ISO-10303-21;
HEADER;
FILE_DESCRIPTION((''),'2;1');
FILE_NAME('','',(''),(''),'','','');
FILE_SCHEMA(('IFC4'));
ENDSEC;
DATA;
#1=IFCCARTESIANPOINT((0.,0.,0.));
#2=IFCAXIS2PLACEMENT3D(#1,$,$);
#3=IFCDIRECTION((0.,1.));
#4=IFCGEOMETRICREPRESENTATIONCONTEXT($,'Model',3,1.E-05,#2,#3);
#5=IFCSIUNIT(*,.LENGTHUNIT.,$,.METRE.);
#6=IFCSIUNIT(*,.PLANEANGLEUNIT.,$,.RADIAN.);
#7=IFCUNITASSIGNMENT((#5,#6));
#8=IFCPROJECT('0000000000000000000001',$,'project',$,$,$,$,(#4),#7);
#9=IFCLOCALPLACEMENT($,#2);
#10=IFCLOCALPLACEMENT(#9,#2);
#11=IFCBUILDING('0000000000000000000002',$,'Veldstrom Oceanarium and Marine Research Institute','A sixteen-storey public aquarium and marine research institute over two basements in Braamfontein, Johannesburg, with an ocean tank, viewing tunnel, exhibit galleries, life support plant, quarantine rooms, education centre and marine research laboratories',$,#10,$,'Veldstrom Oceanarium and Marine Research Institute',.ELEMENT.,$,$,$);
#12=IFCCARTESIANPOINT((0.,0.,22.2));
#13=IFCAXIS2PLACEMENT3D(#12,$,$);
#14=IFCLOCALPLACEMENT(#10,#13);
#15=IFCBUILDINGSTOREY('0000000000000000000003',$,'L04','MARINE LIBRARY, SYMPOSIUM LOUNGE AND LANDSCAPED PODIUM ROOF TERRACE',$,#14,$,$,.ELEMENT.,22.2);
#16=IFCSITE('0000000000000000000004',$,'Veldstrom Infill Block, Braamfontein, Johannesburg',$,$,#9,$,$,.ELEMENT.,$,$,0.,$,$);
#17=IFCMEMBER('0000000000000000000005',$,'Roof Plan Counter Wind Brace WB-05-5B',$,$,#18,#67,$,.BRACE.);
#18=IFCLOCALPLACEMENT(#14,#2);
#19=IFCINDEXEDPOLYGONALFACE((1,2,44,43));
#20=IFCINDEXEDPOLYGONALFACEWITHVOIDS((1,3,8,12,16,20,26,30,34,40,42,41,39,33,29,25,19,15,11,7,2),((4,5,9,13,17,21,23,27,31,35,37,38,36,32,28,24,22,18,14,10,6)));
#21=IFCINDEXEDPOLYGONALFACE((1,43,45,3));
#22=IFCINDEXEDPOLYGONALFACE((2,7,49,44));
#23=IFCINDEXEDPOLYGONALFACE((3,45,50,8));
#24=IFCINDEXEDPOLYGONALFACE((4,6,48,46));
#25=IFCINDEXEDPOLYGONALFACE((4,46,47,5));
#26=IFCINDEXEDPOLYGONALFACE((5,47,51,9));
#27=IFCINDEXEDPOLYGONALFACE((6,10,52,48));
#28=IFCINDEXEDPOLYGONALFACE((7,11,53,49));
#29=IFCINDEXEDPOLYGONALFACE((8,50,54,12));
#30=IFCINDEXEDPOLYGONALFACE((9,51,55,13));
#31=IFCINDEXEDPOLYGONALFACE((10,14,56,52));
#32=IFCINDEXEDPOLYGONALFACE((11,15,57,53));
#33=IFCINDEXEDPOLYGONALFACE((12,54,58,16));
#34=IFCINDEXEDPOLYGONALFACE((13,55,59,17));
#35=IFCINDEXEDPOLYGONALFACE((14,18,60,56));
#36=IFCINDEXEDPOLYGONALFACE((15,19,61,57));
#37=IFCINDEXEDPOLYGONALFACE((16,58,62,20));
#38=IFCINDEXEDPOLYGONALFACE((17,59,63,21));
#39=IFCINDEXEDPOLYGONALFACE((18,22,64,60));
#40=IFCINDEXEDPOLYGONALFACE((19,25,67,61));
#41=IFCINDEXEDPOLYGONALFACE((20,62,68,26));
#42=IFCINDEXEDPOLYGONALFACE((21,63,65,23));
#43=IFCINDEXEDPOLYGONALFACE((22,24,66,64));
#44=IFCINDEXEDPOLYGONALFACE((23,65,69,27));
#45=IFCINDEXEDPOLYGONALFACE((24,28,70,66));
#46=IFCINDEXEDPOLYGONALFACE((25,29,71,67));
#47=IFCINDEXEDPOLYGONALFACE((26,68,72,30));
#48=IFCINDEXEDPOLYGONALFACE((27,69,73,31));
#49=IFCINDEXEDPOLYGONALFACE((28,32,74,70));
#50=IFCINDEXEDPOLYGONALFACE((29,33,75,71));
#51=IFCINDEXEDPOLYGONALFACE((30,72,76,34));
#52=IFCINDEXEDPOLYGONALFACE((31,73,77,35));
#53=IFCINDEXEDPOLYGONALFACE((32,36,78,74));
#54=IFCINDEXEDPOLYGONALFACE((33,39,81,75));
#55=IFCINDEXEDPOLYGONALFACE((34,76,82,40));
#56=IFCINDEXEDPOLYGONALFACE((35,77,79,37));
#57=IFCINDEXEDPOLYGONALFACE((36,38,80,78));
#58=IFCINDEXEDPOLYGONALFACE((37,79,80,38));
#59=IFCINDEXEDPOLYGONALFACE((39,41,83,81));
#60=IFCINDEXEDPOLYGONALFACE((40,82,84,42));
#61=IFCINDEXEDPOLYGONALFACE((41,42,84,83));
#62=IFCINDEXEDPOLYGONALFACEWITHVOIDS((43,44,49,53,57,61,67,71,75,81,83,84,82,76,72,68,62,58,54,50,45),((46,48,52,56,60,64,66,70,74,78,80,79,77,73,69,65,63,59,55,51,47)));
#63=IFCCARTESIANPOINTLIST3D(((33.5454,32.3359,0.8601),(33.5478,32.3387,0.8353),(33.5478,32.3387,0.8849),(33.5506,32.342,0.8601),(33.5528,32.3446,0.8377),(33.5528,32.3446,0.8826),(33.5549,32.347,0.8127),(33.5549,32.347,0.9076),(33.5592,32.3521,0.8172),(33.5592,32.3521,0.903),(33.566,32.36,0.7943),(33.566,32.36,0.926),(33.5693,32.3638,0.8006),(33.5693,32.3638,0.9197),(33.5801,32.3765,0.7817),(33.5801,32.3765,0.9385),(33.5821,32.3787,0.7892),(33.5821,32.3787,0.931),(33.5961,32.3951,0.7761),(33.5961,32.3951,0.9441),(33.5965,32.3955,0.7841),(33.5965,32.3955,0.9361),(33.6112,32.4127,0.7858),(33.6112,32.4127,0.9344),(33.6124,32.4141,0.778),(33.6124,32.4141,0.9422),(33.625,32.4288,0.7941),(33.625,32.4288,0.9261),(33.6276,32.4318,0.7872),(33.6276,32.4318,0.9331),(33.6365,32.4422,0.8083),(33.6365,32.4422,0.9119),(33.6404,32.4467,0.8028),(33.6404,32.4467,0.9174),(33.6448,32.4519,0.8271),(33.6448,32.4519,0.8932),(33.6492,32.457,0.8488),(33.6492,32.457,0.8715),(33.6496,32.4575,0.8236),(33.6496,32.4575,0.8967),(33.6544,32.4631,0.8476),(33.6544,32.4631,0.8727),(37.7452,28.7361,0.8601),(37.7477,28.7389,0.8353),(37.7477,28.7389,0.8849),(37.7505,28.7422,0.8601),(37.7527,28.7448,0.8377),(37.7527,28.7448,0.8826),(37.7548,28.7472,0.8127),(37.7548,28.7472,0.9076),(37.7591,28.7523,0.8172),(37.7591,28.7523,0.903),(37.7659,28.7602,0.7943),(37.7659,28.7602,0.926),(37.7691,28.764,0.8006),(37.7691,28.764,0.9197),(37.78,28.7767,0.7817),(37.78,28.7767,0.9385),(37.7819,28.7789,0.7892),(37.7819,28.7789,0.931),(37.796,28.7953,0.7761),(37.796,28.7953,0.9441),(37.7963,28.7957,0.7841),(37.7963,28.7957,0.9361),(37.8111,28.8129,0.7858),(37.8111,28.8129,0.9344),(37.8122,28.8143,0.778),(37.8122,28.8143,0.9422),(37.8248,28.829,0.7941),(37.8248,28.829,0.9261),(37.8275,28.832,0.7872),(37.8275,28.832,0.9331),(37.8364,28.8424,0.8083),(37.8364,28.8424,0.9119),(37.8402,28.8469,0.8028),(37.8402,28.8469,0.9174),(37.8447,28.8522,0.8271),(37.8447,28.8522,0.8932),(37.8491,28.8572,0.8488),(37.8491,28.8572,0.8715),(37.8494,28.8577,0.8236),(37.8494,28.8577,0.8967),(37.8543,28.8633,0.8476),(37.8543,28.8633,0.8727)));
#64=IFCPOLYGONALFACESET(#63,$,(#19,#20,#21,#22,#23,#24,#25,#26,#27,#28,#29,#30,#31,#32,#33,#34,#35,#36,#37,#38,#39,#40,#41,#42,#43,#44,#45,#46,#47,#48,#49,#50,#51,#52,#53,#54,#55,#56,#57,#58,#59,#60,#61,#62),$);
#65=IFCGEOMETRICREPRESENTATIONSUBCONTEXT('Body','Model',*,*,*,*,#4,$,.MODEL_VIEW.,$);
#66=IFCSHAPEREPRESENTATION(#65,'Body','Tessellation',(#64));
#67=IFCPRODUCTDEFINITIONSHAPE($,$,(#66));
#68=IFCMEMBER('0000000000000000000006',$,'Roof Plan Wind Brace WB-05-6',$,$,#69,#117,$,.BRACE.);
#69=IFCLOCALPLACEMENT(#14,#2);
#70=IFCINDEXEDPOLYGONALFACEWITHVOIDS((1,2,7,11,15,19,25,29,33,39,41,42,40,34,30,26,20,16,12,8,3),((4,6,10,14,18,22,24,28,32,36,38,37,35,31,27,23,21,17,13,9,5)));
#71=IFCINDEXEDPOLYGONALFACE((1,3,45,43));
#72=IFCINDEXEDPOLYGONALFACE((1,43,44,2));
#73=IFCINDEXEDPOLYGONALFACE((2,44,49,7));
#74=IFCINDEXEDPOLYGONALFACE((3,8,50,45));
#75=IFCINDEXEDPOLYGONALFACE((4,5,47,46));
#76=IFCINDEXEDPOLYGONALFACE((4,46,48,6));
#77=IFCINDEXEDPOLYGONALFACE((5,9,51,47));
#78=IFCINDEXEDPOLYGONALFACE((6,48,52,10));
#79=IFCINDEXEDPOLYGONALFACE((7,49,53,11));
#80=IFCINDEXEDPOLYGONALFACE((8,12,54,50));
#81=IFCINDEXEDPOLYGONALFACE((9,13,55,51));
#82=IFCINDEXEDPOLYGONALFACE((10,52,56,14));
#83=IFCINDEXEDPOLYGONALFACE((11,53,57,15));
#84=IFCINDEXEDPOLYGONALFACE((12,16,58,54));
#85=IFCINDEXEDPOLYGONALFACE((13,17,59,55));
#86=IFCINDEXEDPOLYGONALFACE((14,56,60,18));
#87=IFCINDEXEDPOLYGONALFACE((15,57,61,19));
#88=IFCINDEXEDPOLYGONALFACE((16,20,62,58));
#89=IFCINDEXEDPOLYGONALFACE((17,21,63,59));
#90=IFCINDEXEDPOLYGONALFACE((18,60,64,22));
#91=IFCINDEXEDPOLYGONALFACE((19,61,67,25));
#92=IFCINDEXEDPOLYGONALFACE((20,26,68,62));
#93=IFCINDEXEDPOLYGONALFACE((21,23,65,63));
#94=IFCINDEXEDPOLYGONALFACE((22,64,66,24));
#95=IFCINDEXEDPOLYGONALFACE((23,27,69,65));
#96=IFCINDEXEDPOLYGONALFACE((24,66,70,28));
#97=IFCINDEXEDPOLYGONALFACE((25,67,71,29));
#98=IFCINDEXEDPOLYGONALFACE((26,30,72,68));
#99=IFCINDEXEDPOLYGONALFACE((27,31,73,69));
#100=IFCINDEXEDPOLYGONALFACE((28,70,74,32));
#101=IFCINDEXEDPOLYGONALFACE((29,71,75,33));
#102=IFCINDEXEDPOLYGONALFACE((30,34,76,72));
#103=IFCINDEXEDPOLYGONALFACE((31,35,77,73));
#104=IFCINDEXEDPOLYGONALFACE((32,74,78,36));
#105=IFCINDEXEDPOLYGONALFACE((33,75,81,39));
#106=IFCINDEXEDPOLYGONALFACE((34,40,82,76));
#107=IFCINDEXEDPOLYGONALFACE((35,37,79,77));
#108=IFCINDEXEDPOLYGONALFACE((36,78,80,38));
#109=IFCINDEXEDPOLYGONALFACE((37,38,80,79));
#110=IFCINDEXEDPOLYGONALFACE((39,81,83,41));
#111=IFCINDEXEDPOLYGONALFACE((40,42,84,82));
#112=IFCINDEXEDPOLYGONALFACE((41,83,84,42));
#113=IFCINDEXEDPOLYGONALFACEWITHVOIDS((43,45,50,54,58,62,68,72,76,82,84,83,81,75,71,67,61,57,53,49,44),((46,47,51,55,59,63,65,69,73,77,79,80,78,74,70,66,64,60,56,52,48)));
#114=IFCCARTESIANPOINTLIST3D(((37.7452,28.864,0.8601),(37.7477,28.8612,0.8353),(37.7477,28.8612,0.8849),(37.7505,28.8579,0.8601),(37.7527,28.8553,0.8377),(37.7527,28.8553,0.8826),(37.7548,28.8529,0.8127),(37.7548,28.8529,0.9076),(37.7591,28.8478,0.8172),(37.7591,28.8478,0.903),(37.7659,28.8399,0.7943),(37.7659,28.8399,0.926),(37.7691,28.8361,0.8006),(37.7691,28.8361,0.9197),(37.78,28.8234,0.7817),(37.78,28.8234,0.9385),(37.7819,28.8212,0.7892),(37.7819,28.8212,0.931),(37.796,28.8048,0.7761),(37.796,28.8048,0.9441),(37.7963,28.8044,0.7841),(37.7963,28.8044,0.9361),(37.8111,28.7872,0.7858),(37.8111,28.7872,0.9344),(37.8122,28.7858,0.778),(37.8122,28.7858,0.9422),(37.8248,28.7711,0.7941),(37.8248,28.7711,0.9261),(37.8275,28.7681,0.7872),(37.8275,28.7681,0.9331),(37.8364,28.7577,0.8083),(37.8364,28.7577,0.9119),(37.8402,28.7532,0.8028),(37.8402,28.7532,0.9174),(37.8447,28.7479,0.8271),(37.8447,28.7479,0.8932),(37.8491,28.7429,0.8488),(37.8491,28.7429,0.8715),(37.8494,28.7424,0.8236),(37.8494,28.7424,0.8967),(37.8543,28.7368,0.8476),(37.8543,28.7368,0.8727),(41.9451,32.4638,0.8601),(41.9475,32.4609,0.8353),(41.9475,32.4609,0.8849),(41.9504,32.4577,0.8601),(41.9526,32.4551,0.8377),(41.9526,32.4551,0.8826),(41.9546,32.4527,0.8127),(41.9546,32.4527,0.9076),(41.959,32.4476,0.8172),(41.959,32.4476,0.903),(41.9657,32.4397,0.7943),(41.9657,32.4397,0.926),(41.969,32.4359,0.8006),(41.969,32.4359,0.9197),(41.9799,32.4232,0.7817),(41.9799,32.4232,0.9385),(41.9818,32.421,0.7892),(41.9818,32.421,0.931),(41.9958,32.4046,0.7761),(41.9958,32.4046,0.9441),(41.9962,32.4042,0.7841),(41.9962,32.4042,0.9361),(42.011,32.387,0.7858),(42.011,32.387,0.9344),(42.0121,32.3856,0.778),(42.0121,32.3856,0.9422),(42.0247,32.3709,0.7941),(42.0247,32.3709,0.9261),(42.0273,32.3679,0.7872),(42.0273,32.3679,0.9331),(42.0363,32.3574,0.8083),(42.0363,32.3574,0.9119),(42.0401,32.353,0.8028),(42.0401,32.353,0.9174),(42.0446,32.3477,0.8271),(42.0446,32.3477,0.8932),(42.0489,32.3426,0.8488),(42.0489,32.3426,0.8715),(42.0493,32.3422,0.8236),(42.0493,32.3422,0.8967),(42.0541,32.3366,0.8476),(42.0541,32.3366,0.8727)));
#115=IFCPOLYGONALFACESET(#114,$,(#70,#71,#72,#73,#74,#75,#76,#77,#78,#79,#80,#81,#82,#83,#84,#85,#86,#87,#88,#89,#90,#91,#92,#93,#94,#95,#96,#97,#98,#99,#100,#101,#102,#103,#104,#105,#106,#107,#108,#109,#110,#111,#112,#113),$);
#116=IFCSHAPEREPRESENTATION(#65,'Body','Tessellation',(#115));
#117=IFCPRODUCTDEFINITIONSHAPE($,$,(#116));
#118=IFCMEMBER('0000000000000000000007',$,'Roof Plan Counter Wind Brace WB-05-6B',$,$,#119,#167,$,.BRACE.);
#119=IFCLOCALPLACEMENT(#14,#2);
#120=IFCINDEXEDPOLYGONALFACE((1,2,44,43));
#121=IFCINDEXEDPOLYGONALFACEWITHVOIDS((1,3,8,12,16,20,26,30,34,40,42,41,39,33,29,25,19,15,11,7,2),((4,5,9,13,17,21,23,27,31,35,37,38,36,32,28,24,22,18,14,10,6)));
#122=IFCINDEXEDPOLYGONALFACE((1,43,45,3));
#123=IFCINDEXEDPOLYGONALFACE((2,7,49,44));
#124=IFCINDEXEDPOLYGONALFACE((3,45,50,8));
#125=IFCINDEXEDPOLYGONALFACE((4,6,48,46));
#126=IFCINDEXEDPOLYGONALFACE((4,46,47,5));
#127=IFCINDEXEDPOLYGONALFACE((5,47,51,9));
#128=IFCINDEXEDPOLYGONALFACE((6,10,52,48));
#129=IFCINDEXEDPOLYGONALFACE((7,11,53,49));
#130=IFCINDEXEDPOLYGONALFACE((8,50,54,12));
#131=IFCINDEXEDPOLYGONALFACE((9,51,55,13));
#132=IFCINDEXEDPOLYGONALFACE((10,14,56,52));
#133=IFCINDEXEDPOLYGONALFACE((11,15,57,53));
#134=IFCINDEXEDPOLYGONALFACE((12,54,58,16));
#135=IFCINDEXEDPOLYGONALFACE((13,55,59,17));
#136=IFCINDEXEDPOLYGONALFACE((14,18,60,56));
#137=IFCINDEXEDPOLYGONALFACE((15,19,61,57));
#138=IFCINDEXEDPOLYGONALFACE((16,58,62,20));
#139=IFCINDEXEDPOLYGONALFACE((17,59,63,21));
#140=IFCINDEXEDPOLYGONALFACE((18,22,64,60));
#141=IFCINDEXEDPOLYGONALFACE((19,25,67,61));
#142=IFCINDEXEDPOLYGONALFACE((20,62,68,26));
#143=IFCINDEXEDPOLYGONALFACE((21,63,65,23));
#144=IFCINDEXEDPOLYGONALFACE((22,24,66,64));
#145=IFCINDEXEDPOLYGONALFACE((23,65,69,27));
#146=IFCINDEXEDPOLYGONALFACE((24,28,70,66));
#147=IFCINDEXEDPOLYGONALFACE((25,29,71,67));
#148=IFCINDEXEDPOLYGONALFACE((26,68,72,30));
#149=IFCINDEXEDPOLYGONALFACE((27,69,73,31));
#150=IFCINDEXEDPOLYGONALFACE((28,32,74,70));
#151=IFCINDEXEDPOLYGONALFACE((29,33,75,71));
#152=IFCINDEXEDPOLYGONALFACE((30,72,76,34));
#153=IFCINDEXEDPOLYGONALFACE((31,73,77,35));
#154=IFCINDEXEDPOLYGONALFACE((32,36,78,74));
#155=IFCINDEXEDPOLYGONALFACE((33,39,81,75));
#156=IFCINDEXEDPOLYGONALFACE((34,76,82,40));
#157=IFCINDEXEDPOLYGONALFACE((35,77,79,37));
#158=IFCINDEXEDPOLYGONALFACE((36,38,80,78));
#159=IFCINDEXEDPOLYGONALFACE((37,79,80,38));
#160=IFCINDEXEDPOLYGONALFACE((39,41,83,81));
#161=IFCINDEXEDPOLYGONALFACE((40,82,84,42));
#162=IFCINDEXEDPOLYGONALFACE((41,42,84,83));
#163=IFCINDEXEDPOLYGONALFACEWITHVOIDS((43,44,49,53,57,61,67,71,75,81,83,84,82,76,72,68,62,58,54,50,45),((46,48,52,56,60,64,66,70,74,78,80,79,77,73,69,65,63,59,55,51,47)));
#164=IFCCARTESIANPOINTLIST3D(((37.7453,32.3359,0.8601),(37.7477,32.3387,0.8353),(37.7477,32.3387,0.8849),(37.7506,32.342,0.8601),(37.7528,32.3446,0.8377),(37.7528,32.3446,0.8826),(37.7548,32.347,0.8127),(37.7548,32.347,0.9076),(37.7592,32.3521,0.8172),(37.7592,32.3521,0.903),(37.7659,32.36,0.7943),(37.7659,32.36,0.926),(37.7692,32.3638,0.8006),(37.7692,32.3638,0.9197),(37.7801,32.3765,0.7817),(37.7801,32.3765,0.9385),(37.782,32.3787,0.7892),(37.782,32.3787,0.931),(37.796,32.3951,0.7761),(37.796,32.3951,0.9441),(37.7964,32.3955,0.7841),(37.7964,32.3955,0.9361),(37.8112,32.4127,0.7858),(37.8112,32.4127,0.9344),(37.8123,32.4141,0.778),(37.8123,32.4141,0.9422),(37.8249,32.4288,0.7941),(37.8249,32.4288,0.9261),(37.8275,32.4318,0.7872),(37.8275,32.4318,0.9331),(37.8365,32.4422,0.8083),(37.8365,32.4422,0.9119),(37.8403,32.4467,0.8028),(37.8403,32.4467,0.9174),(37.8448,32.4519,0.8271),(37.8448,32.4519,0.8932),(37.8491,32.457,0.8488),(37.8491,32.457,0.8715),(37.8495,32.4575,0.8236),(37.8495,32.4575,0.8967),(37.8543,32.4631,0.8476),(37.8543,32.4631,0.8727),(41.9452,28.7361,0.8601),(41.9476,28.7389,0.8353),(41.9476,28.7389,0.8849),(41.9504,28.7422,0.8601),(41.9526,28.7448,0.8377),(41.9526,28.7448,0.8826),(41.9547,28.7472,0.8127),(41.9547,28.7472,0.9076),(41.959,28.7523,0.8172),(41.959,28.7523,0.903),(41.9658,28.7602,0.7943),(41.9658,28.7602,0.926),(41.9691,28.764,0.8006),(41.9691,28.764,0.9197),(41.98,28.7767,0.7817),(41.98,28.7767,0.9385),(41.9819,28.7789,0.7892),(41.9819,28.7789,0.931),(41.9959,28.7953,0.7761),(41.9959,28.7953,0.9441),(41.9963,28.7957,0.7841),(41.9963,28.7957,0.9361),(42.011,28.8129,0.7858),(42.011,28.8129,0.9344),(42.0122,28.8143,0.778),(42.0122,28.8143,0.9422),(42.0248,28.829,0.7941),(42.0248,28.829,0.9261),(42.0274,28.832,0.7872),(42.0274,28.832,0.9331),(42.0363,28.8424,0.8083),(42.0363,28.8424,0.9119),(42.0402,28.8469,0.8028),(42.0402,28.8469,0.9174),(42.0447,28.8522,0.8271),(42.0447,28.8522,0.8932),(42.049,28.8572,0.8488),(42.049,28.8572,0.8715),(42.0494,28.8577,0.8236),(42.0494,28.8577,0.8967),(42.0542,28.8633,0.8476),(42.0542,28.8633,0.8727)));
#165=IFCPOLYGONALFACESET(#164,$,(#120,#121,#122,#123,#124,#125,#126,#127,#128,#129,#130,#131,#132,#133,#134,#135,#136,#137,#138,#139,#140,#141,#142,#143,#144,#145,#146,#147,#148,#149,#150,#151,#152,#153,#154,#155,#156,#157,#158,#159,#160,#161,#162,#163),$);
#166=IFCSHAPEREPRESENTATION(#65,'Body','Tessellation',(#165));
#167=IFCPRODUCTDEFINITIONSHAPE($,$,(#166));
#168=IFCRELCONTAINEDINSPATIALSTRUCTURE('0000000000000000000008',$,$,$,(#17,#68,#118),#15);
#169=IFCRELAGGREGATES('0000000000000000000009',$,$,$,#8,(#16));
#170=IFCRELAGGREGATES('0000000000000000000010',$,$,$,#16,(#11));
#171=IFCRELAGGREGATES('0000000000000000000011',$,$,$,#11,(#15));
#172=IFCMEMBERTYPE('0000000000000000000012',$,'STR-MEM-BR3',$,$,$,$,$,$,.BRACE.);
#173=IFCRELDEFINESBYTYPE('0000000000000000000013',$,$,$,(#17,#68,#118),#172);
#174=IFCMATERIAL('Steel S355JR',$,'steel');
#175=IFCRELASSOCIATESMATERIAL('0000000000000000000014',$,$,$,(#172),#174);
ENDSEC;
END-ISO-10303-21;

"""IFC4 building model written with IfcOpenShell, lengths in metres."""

from ifc_helpers import new_model, si_unit, direction, frame, origin, origin_2d, place, context, subcontext, project, spatial, hollow_circle, extrude, material, material_profile, profile_set, type_object, element, save


model = new_model("IFC4")

# Units and contexts
model_context = context("Model", 3, precision=1e-05, world=origin(), true_north=direction((0.0, 1.0)))
body_context = subcontext(model_context, "Body", "Model", "MODEL_VIEW")
ifc_project = project(units=[si_unit("LENGTHUNIT", "METRE"), si_unit("PLANEANGLEUNIT", "RADIAN")], contexts=[model_context])

# Site, building, storey
site_placement = place(None, origin())
site = spatial("IfcSite", under=ifc_project, at=site_placement, Name="Veldstrom Infill Block, Braamfontein, Johannesburg", CompositionType="ELEMENT", RefElevation=0.0)
building_placement = place(site_placement, origin())
building = spatial("IfcBuilding", under=site, at=building_placement, Name="Veldstrom Oceanarium and Marine Research Institute", Description="A sixteen-storey public aquarium and marine research institute over two basements in Braamfontein, Johannesburg, with an ocean tank, viewing tunnel, exhibit galleries, life support plant, quarantine rooms, education centre and marine research laboratories", LongName="Veldstrom Oceanarium and Marine Research Institute", CompositionType="ELEMENT")
storey_placement = place(building_placement, frame((0.0, 0.0, 22.2)))
storey = spatial("IfcBuildingStorey", under=building, at=storey_placement, Name="L04", Description="MARINE LIBRARY, SYMPOSIUM LOUNGE AND LANDSCAPED PODIUM ROOF TERRACE", CompositionType="ELEMENT", Elevation=22.2)

# Members
ifc_material_1 = material(Name="Steel S355JR", Category="steel")
ifc_material_profile_1 = material_profile(ifc_material_1, hollow_circle(Radius=0.0842, WallThickness=0.0081, at=origin_2d()), Name="CHS 168.3x8")
ifc_profile_set_1 = profile_set([ifc_material_profile_1], Name="Steel S355JR")
member_type_1 = type_object("IfcMemberType", Name="STR-MEM-BR3", PredefinedType="BRACE", material=ifc_profile_set_1)
for number, where, z_axis, x_axis, name in (
    (1, (37.8, 28.8, 0.8601), (-0.759266, 0.65078, 0.0), (-0.65078, -0.759266, 0.0), "Roof Plan Counter Wind Brace WB-05-5B"),
    (2, (37.8, 28.8, 0.8601), (0.759266, 0.65078, 0.0), (-0.65078, 0.759266, 0.0), "Roof Plan Wind Brace WB-05-6"),
    (3, (42.0, 28.8, 0.8601), (-0.759266, 0.65078, 0.0), (-0.65078, -0.759266, 0.0), "Roof Plan Counter Wind Brace WB-05-6B"),
):
    element("IfcMember", number, at=place(storey_placement, frame(where, z_axis=z_axis, x_axis=x_axis)), inside=storey, type_object=member_type_1, Name=name, PredefinedType="BRACE", context=body_context, shape_type="SweptSolid", body=[
        extrude(hollow_circle(Radius=0.0842, WallThickness=0.0081, at=origin_2d()), origin(), (0.0, 0.0, 1.0), 5.5315),
    ])

save(model, "model.ifc")
